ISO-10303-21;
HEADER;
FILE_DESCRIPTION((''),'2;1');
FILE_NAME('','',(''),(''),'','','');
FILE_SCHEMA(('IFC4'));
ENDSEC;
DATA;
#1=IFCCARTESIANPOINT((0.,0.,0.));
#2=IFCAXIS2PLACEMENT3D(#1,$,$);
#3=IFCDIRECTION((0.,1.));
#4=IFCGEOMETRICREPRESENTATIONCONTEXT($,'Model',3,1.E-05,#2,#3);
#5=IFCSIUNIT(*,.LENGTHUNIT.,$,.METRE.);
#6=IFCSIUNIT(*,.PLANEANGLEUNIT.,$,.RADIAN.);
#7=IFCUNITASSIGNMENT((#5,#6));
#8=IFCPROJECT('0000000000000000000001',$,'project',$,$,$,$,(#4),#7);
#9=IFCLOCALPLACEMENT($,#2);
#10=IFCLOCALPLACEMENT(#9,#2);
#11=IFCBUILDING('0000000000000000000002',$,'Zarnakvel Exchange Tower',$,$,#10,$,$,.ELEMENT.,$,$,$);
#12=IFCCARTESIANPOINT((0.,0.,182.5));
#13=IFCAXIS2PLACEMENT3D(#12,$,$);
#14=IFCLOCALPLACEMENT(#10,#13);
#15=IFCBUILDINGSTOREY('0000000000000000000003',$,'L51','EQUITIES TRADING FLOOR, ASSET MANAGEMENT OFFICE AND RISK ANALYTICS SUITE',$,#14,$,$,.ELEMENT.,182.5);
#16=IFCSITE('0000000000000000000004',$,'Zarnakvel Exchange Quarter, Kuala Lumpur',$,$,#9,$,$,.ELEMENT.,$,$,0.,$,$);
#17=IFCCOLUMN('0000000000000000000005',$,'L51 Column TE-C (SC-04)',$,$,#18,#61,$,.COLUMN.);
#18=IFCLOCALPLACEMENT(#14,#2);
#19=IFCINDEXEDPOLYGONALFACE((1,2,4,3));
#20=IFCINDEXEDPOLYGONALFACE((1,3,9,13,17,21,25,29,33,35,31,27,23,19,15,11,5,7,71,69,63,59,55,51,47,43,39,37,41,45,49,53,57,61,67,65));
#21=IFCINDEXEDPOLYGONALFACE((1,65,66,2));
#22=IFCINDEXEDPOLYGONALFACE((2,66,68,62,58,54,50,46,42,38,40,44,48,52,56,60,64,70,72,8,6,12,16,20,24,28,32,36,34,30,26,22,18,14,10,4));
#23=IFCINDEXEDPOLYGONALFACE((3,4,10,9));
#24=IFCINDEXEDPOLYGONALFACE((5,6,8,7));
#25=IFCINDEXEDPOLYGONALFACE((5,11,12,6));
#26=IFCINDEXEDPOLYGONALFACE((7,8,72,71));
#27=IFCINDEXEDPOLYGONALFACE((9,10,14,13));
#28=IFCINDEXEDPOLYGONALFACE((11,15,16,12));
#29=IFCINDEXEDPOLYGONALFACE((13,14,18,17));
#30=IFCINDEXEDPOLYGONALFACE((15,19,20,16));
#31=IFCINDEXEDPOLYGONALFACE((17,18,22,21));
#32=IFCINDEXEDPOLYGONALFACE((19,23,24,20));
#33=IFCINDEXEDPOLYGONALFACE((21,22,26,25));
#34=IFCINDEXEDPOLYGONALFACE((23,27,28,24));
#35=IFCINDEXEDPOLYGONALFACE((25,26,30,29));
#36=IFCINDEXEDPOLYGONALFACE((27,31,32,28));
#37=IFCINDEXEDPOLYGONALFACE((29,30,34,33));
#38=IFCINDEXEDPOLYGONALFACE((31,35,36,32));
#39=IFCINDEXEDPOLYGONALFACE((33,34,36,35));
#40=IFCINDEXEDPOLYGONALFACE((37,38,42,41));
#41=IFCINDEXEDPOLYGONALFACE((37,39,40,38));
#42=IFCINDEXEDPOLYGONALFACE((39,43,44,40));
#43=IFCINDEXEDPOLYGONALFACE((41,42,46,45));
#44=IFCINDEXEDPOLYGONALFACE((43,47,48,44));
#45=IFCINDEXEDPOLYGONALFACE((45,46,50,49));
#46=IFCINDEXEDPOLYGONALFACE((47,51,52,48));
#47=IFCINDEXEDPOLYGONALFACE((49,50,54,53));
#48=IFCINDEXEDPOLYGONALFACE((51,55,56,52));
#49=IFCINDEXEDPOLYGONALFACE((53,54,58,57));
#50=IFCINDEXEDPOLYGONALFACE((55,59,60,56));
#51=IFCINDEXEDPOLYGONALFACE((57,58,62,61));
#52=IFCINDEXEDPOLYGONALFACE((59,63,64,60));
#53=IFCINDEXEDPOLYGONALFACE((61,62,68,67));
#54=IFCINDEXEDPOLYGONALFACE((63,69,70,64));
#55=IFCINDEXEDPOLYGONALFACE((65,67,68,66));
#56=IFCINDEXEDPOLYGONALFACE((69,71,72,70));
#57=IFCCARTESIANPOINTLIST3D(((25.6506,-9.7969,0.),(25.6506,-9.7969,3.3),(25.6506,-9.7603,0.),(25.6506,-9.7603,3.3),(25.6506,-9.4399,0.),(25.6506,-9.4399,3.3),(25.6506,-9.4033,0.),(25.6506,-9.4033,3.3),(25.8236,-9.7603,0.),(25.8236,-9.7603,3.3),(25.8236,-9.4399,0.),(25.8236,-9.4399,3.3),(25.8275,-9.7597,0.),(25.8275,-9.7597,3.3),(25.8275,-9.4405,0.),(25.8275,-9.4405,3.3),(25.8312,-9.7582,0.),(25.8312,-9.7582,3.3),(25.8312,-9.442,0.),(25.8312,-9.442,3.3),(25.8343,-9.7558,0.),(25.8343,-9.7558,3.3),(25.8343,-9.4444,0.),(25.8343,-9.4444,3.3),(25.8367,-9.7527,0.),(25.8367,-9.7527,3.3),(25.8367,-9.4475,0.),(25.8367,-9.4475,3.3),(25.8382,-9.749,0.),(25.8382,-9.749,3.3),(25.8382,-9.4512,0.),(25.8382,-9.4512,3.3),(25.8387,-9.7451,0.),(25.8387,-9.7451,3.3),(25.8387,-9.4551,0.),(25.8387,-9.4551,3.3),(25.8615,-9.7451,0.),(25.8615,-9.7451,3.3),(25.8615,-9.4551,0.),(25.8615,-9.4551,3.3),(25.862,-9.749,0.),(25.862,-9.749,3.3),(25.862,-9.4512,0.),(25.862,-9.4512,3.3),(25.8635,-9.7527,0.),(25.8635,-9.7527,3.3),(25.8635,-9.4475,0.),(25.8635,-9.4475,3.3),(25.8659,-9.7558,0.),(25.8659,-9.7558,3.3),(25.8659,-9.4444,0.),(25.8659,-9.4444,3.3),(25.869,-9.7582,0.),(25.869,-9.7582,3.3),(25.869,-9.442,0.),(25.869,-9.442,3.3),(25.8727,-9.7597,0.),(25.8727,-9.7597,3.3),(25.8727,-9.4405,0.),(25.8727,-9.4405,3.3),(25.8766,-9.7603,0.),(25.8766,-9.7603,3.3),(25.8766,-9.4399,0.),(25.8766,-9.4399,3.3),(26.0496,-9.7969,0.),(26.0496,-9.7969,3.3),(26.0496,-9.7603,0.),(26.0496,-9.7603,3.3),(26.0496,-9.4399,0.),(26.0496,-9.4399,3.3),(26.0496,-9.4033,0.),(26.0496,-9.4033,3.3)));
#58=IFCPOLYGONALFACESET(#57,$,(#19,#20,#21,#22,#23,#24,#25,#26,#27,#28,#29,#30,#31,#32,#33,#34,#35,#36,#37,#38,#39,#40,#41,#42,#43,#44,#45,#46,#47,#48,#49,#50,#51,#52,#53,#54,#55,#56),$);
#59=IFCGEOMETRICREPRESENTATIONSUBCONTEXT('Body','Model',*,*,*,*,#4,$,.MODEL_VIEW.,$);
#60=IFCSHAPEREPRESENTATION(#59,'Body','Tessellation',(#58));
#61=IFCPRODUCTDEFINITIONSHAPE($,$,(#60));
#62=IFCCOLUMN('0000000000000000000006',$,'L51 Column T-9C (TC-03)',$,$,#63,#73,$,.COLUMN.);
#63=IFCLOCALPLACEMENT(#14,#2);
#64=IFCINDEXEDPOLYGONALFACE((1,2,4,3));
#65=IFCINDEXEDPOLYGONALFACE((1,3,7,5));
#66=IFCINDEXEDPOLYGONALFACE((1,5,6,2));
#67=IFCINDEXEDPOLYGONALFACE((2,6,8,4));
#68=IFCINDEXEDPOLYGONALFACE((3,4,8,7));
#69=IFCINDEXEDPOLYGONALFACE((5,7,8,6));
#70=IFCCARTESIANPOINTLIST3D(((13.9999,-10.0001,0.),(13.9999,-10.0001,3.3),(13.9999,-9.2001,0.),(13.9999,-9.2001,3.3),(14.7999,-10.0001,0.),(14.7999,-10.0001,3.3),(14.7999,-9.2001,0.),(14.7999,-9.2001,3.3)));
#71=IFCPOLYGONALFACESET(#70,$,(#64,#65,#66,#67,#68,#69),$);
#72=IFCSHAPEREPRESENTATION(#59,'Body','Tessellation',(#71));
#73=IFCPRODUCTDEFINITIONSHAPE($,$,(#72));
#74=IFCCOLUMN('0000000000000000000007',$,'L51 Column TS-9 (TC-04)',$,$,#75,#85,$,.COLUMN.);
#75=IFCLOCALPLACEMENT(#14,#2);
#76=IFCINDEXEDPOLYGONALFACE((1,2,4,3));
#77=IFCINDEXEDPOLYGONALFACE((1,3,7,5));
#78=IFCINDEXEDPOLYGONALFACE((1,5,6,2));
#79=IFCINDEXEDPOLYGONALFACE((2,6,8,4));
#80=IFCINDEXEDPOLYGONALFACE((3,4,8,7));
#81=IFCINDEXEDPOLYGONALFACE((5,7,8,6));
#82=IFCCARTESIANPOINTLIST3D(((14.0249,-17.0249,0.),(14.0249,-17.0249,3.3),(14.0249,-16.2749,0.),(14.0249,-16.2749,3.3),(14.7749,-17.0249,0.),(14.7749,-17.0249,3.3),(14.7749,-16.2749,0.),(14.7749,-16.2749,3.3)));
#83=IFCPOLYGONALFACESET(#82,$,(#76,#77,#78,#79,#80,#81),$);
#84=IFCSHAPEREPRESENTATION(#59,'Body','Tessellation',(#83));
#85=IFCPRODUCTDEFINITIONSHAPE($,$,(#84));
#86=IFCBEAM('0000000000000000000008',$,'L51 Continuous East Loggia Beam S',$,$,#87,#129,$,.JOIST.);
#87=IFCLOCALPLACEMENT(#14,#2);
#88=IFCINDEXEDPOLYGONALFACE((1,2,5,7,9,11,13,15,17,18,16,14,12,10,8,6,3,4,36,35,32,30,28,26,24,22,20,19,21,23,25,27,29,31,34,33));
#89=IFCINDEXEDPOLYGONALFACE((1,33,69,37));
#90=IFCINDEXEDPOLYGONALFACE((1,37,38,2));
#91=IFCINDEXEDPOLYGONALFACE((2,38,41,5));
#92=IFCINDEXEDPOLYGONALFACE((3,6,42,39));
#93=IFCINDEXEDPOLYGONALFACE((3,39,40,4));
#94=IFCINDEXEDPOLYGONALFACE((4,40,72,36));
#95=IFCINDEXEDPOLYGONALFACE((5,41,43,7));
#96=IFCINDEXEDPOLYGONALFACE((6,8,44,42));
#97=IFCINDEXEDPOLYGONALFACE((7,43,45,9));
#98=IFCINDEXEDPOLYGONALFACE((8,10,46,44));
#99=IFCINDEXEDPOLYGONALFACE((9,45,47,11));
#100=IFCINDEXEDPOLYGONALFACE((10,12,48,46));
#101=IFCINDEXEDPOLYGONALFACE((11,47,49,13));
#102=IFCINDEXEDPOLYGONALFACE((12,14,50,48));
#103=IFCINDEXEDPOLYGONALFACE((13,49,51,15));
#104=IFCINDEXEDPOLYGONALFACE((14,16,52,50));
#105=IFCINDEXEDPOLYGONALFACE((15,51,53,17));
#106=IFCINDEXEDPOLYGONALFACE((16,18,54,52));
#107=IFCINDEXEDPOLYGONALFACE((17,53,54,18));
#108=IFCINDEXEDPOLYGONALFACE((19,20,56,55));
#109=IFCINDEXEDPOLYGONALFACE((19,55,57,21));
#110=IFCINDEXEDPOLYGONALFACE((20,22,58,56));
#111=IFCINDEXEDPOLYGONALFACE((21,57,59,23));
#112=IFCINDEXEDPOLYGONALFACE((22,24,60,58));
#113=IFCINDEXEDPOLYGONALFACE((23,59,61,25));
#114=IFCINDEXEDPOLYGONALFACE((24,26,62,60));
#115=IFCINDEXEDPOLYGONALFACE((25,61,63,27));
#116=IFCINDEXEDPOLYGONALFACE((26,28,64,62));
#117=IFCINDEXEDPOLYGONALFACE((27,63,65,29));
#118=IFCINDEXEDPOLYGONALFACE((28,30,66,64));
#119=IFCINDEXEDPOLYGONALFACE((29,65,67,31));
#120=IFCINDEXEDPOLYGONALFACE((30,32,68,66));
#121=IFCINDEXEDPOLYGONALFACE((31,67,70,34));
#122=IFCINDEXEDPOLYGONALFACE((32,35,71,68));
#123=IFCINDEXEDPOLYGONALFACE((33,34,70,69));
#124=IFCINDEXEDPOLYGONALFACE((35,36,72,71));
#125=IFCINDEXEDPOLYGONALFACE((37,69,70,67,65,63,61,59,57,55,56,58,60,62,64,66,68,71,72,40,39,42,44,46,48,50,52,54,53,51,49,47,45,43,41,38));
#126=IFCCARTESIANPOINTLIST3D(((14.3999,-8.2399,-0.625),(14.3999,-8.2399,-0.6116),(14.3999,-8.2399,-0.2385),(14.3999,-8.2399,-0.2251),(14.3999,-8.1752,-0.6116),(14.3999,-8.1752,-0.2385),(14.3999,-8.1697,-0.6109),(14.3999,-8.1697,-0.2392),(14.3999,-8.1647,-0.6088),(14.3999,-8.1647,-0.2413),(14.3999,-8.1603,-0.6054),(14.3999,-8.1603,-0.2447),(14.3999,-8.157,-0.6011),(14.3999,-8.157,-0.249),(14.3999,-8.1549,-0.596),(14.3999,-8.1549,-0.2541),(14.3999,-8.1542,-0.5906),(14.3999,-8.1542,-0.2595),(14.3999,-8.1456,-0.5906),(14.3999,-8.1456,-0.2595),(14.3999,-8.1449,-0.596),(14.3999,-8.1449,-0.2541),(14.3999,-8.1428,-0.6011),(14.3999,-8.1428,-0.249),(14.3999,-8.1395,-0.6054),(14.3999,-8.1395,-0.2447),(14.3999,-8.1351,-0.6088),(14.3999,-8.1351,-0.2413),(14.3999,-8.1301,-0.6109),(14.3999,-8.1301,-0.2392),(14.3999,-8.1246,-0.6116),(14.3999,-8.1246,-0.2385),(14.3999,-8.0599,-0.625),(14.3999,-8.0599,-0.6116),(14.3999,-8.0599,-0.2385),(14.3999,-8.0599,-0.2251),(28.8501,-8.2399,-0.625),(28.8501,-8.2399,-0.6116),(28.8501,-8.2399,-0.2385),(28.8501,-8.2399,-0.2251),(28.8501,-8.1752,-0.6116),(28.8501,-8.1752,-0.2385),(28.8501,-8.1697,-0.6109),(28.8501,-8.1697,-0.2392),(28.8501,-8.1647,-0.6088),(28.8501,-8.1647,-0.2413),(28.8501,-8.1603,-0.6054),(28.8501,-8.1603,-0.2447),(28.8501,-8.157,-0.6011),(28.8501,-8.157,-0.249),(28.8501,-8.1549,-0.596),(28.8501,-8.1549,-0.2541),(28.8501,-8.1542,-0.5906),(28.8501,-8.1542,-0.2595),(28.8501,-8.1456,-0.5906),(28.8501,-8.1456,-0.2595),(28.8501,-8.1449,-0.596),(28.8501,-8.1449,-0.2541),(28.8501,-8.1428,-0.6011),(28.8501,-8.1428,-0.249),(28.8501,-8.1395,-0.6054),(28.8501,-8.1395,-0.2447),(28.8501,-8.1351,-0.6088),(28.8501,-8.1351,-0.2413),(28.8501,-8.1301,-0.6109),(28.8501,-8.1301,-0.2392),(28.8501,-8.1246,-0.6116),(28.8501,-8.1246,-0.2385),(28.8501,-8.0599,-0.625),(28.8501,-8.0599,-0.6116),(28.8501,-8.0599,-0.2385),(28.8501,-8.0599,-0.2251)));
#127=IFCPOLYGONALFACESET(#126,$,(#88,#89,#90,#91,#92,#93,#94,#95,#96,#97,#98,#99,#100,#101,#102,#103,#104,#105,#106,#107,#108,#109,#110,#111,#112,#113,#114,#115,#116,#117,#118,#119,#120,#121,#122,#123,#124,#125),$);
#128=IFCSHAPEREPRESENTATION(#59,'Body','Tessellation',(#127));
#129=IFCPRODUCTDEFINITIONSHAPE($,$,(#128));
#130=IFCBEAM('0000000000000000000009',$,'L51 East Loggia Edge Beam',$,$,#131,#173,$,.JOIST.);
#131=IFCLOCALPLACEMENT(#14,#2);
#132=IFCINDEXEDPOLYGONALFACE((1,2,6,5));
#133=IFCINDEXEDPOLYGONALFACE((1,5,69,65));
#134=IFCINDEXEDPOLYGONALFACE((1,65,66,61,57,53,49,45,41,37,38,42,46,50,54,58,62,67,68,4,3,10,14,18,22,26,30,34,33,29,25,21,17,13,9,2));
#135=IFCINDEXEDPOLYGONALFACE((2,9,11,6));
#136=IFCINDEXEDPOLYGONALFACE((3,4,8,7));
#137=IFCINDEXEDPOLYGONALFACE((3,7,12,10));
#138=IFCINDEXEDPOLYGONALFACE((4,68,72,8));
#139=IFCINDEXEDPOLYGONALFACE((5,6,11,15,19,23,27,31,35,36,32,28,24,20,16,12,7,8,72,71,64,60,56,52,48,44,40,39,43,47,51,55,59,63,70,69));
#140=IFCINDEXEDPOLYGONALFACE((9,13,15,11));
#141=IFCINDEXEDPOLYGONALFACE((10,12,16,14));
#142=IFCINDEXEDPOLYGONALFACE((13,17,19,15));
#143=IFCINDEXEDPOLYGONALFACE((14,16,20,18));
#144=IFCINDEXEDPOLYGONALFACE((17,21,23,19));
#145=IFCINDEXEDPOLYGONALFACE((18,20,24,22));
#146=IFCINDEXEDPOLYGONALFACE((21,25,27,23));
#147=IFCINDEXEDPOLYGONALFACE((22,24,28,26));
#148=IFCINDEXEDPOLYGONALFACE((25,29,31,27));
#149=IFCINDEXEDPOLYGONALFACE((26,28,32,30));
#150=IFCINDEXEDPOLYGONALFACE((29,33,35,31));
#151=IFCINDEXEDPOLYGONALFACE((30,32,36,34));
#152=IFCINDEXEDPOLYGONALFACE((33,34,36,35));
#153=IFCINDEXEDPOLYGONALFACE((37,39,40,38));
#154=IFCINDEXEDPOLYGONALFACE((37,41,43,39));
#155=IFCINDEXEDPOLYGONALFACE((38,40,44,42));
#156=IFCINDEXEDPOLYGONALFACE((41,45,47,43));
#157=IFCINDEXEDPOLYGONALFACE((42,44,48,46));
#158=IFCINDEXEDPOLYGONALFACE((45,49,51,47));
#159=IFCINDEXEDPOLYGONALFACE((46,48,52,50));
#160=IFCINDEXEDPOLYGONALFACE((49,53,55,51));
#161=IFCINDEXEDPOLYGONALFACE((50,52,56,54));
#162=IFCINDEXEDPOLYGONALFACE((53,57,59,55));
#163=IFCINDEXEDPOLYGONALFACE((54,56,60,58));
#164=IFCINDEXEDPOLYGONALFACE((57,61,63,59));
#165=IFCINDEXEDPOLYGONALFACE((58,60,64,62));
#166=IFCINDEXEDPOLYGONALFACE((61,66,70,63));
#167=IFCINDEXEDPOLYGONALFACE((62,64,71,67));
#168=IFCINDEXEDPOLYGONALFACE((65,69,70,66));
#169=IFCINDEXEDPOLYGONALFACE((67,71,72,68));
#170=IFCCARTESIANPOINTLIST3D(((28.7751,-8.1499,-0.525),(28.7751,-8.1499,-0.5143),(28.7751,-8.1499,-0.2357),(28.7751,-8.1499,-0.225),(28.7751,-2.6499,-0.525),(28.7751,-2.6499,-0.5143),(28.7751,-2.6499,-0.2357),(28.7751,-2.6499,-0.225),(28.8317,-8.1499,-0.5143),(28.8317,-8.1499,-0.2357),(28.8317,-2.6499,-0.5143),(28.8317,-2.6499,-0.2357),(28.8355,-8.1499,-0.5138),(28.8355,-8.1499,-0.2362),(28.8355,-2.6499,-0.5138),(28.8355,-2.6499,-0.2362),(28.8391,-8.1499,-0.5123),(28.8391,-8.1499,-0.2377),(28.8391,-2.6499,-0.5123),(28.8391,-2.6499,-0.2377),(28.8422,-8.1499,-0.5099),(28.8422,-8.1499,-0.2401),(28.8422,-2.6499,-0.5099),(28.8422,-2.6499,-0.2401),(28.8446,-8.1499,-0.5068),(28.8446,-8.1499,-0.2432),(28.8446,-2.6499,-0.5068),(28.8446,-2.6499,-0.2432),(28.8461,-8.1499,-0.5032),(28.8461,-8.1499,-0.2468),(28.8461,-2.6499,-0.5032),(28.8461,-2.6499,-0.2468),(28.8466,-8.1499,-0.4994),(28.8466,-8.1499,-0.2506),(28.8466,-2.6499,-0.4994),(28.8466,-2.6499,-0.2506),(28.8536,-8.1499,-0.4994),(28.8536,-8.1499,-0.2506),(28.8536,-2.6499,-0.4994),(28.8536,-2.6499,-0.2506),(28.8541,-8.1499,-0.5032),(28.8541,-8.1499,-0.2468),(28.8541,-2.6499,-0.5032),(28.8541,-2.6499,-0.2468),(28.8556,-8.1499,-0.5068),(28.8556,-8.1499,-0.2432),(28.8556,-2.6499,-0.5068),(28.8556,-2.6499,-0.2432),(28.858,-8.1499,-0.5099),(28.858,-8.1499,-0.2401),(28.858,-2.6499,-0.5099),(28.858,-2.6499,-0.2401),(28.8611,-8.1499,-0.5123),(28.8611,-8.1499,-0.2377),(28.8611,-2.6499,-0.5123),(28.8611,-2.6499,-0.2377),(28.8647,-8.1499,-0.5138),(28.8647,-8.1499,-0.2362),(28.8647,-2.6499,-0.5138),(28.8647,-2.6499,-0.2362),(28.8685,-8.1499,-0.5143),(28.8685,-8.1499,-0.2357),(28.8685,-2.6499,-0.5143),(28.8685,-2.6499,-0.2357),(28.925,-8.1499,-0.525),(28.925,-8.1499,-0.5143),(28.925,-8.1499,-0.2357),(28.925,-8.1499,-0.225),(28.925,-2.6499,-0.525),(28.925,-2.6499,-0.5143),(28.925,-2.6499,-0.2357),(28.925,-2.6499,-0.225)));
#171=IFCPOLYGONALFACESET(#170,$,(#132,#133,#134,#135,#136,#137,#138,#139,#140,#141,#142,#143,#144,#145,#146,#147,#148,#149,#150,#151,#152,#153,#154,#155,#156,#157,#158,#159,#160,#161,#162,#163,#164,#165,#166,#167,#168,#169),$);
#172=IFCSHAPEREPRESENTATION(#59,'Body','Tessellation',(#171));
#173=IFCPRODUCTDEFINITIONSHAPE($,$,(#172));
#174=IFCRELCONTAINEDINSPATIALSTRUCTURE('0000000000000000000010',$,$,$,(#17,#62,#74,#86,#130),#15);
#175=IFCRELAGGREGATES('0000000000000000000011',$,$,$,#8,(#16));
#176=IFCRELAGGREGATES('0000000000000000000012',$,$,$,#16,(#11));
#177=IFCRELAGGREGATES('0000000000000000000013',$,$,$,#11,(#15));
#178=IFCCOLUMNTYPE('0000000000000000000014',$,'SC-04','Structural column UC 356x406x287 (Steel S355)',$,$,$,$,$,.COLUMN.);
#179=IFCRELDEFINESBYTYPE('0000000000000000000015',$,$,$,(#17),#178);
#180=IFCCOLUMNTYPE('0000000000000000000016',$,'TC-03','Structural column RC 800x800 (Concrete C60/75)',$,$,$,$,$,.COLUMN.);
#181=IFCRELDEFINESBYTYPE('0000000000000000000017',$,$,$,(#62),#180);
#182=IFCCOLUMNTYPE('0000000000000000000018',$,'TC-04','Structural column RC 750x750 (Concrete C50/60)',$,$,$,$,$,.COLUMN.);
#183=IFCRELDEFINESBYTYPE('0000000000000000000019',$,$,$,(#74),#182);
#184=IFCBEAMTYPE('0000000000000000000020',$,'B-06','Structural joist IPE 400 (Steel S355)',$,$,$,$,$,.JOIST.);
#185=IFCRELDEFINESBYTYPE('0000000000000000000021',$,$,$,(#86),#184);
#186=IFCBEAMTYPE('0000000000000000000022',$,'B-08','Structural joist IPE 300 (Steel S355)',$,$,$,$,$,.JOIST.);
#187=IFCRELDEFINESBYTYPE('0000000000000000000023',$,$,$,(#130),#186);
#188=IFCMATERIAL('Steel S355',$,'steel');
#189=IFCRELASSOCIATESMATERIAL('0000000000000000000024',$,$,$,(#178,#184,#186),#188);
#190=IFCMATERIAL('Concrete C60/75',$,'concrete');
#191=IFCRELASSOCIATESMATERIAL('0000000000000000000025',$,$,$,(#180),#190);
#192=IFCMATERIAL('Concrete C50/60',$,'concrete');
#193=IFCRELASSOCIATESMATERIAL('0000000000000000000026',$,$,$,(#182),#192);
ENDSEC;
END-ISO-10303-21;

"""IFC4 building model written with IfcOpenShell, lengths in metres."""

from ifc_helpers import new_model, si_unit, direction, frame, origin, origin_2d, place, context, subcontext, project, spatial, rectangle, i_section, extrude, material, material_profile, profile_set, type_object, element, save


model = new_model("IFC4")

# Units and contexts
model_context = context("Model", 3, precision=1e-05, world=origin(), true_north=direction((0.0, 1.0)))
body_context = subcontext(model_context, "Body", "Model", "MODEL_VIEW")
ifc_project = project(units=[si_unit("LENGTHUNIT", "METRE"), si_unit("PLANEANGLEUNIT", "RADIAN")], contexts=[model_context])

# Site, building, storey
site_placement = place(None, origin())
site = spatial("IfcSite", under=ifc_project, at=site_placement, Name="Zarnakvel Exchange Quarter, Kuala Lumpur", CompositionType="ELEMENT", RefElevation=0.0)
building_placement = place(site_placement, origin())
building = spatial("IfcBuilding", under=site, at=building_placement, Name="Zarnakvel Exchange Tower", CompositionType="ELEMENT")
storey_placement = place(building_placement, frame((0.0, 0.0, 182.5)))
storey = spatial("IfcBuildingStorey", under=building, at=storey_placement, Name="L51", Description="EQUITIES TRADING FLOOR, ASSET MANAGEMENT OFFICE AND RISK ANALYTICS SUITE", CompositionType="ELEMENT", Elevation=182.5)

# Columns
ifc_material_1 = material(Name="Steel S355", Category="steel")
ifc_material_profile_1 = material_profile(ifc_material_1, i_section(OverallWidth=0.3989, OverallDepth=0.3936, WebThickness=0.0227, FlangeThickness=0.0366, FilletRadius=0.0151, at=origin_2d()))
ifc_profile_set_1 = profile_set([ifc_material_profile_1], Name="Steel S355")
column_type_1 = type_object("IfcColumnType", Name="SC-04", Description="Structural column UC 356x406x287 (Steel S355)", PredefinedType="COLUMN", material=ifc_profile_set_1)
column_1_placement = place(storey_placement, frame((25.8501, -9.6001, 0.0), z_axis=(0.0, 0.0, 1.0), x_axis=(1.0, 0.0, 0.0)))
element("IfcColumn", 1, at=column_1_placement, inside=storey, type_object=column_type_1, Name="L51 Column TE-C (SC-04)", PredefinedType="COLUMN", context=body_context, shape_type="SweptSolid", body=[
    extrude(i_section(OverallWidth=0.3989, OverallDepth=0.3936, WebThickness=0.0227, FlangeThickness=0.0366, FilletRadius=0.0151, at=origin_2d()), origin(), (0.0, 0.0, 1.0), 3.3),
])
ifc_material_2 = material(Name="Concrete C60/75", Category="concrete")
ifc_material_profile_2 = material_profile(ifc_material_2, rectangle(XDim=0.8, YDim=0.8, at=origin_2d()))
ifc_profile_set_2 = profile_set([ifc_material_profile_2], Name="Concrete C60/75")
column_type_2 = type_object("IfcColumnType", Name="TC-03", Description="Structural column RC 800x800 (Concrete C60/75)", PredefinedType="COLUMN", material=ifc_profile_set_2)
column_2_placement = place(storey_placement, frame((14.3999, -9.6001, 0.0), z_axis=(0.0, 0.0, 1.0), x_axis=(1.0, 0.0, 0.0)))
element("IfcColumn", 2, at=column_2_placement, inside=storey, type_object=column_type_2, Name="L51 Column T-9C (TC-03)", PredefinedType="COLUMN", context=body_context, shape_type="SweptSolid", body=[
    extrude(rectangle(XDim=0.8, YDim=0.8, at=origin_2d()), origin(), (0.0, 0.0, 1.0), 3.3),
])
ifc_material_3 = material(Name="Concrete C50/60", Category="concrete")
ifc_material_profile_3 = material_profile(ifc_material_3, rectangle(XDim=0.75, YDim=0.75, at=origin_2d()))
ifc_profile_set_3 = profile_set([ifc_material_profile_3], Name="Concrete C50/60")
column_type_3 = type_object("IfcColumnType", Name="TC-04", Description="Structural column RC 750x750 (Concrete C50/60)", PredefinedType="COLUMN", material=ifc_profile_set_3)
column_3_placement = place(storey_placement, frame((14.3999, -16.6499, 0.0), z_axis=(0.0, 0.0, 1.0), x_axis=(1.0, 0.0, 0.0)))
element("IfcColumn", 3, at=column_3_placement, inside=storey, type_object=column_type_3, Name="L51 Column TS-9 (TC-04)", PredefinedType="COLUMN", context=body_context, shape_type="SweptSolid", body=[
    extrude(rectangle(XDim=0.75, YDim=0.75, at=origin_2d()), origin(), (0.0, 0.0, 1.0), 3.3),
])

# Beams
ifc_material_profile_4 = material_profile(ifc_material_1, i_section(OverallWidth=0.1799, OverallDepth=0.3999, WebThickness=0.0085, FlangeThickness=0.0134, FilletRadius=0.021, at=origin_2d()))
ifc_profile_set_4 = profile_set([ifc_material_profile_4], Name="Steel S355")
beam_type_1 = type_object("IfcBeamType", Name="B-06", Description="Structural joist IPE 400 (Steel S355)", PredefinedType="JOIST", material=ifc_profile_set_4)
beam_1_placement = place(storey_placement, frame((14.3999, -8.1499, -0.425), z_axis=(1.0, 0.0, 0.0), x_axis=(0.0, 1.0, 0.0)))
element("IfcBeam", 4, at=beam_1_placement, inside=storey, type_object=beam_type_1, Name="L51 Continuous East Loggia Beam S", PredefinedType="JOIST", context=body_context, shape_type="SweptSolid", body=[
    extrude(i_section(OverallWidth=0.1799, OverallDepth=0.3999, WebThickness=0.0085, FlangeThickness=0.0134, FilletRadius=0.021, at=origin_2d()), origin(), (0.0, 0.0, 1.0), 14.4502),
])
ifc_material_profile_5 = material_profile(ifc_material_1, i_section(OverallWidth=0.1499, OverallDepth=0.3, WebThickness=0.0071, FlangeThickness=0.0107, FilletRadius=0.0149, at=origin_2d()))
ifc_profile_set_5 = profile_set([ifc_material_profile_5], Name="Steel S355")
beam_type_2 = type_object("IfcBeamType", Name="B-08", Description="Structural joist IPE 300 (Steel S355)", PredefinedType="JOIST", material=ifc_profile_set_5)
beam_2_placement = place(storey_placement, frame((28.8501, -8.1499, -0.375), z_axis=(0.0, 1.0, 0.0), x_axis=(-1.0, 0.0, 0.0)))
element("IfcBeam", 5, at=beam_2_placement, inside=storey, type_object=beam_type_2, Name="L51 East Loggia Edge Beam", PredefinedType="JOIST", context=body_context, shape_type="SweptSolid", body=[
    extrude(i_section(OverallWidth=0.1499, OverallDepth=0.3, WebThickness=0.0071, FlangeThickness=0.0107, FilletRadius=0.0149, at=origin_2d()), origin(), (0.0, 0.0, 1.0), 5.5),
])

save(model, "model.ifc")
